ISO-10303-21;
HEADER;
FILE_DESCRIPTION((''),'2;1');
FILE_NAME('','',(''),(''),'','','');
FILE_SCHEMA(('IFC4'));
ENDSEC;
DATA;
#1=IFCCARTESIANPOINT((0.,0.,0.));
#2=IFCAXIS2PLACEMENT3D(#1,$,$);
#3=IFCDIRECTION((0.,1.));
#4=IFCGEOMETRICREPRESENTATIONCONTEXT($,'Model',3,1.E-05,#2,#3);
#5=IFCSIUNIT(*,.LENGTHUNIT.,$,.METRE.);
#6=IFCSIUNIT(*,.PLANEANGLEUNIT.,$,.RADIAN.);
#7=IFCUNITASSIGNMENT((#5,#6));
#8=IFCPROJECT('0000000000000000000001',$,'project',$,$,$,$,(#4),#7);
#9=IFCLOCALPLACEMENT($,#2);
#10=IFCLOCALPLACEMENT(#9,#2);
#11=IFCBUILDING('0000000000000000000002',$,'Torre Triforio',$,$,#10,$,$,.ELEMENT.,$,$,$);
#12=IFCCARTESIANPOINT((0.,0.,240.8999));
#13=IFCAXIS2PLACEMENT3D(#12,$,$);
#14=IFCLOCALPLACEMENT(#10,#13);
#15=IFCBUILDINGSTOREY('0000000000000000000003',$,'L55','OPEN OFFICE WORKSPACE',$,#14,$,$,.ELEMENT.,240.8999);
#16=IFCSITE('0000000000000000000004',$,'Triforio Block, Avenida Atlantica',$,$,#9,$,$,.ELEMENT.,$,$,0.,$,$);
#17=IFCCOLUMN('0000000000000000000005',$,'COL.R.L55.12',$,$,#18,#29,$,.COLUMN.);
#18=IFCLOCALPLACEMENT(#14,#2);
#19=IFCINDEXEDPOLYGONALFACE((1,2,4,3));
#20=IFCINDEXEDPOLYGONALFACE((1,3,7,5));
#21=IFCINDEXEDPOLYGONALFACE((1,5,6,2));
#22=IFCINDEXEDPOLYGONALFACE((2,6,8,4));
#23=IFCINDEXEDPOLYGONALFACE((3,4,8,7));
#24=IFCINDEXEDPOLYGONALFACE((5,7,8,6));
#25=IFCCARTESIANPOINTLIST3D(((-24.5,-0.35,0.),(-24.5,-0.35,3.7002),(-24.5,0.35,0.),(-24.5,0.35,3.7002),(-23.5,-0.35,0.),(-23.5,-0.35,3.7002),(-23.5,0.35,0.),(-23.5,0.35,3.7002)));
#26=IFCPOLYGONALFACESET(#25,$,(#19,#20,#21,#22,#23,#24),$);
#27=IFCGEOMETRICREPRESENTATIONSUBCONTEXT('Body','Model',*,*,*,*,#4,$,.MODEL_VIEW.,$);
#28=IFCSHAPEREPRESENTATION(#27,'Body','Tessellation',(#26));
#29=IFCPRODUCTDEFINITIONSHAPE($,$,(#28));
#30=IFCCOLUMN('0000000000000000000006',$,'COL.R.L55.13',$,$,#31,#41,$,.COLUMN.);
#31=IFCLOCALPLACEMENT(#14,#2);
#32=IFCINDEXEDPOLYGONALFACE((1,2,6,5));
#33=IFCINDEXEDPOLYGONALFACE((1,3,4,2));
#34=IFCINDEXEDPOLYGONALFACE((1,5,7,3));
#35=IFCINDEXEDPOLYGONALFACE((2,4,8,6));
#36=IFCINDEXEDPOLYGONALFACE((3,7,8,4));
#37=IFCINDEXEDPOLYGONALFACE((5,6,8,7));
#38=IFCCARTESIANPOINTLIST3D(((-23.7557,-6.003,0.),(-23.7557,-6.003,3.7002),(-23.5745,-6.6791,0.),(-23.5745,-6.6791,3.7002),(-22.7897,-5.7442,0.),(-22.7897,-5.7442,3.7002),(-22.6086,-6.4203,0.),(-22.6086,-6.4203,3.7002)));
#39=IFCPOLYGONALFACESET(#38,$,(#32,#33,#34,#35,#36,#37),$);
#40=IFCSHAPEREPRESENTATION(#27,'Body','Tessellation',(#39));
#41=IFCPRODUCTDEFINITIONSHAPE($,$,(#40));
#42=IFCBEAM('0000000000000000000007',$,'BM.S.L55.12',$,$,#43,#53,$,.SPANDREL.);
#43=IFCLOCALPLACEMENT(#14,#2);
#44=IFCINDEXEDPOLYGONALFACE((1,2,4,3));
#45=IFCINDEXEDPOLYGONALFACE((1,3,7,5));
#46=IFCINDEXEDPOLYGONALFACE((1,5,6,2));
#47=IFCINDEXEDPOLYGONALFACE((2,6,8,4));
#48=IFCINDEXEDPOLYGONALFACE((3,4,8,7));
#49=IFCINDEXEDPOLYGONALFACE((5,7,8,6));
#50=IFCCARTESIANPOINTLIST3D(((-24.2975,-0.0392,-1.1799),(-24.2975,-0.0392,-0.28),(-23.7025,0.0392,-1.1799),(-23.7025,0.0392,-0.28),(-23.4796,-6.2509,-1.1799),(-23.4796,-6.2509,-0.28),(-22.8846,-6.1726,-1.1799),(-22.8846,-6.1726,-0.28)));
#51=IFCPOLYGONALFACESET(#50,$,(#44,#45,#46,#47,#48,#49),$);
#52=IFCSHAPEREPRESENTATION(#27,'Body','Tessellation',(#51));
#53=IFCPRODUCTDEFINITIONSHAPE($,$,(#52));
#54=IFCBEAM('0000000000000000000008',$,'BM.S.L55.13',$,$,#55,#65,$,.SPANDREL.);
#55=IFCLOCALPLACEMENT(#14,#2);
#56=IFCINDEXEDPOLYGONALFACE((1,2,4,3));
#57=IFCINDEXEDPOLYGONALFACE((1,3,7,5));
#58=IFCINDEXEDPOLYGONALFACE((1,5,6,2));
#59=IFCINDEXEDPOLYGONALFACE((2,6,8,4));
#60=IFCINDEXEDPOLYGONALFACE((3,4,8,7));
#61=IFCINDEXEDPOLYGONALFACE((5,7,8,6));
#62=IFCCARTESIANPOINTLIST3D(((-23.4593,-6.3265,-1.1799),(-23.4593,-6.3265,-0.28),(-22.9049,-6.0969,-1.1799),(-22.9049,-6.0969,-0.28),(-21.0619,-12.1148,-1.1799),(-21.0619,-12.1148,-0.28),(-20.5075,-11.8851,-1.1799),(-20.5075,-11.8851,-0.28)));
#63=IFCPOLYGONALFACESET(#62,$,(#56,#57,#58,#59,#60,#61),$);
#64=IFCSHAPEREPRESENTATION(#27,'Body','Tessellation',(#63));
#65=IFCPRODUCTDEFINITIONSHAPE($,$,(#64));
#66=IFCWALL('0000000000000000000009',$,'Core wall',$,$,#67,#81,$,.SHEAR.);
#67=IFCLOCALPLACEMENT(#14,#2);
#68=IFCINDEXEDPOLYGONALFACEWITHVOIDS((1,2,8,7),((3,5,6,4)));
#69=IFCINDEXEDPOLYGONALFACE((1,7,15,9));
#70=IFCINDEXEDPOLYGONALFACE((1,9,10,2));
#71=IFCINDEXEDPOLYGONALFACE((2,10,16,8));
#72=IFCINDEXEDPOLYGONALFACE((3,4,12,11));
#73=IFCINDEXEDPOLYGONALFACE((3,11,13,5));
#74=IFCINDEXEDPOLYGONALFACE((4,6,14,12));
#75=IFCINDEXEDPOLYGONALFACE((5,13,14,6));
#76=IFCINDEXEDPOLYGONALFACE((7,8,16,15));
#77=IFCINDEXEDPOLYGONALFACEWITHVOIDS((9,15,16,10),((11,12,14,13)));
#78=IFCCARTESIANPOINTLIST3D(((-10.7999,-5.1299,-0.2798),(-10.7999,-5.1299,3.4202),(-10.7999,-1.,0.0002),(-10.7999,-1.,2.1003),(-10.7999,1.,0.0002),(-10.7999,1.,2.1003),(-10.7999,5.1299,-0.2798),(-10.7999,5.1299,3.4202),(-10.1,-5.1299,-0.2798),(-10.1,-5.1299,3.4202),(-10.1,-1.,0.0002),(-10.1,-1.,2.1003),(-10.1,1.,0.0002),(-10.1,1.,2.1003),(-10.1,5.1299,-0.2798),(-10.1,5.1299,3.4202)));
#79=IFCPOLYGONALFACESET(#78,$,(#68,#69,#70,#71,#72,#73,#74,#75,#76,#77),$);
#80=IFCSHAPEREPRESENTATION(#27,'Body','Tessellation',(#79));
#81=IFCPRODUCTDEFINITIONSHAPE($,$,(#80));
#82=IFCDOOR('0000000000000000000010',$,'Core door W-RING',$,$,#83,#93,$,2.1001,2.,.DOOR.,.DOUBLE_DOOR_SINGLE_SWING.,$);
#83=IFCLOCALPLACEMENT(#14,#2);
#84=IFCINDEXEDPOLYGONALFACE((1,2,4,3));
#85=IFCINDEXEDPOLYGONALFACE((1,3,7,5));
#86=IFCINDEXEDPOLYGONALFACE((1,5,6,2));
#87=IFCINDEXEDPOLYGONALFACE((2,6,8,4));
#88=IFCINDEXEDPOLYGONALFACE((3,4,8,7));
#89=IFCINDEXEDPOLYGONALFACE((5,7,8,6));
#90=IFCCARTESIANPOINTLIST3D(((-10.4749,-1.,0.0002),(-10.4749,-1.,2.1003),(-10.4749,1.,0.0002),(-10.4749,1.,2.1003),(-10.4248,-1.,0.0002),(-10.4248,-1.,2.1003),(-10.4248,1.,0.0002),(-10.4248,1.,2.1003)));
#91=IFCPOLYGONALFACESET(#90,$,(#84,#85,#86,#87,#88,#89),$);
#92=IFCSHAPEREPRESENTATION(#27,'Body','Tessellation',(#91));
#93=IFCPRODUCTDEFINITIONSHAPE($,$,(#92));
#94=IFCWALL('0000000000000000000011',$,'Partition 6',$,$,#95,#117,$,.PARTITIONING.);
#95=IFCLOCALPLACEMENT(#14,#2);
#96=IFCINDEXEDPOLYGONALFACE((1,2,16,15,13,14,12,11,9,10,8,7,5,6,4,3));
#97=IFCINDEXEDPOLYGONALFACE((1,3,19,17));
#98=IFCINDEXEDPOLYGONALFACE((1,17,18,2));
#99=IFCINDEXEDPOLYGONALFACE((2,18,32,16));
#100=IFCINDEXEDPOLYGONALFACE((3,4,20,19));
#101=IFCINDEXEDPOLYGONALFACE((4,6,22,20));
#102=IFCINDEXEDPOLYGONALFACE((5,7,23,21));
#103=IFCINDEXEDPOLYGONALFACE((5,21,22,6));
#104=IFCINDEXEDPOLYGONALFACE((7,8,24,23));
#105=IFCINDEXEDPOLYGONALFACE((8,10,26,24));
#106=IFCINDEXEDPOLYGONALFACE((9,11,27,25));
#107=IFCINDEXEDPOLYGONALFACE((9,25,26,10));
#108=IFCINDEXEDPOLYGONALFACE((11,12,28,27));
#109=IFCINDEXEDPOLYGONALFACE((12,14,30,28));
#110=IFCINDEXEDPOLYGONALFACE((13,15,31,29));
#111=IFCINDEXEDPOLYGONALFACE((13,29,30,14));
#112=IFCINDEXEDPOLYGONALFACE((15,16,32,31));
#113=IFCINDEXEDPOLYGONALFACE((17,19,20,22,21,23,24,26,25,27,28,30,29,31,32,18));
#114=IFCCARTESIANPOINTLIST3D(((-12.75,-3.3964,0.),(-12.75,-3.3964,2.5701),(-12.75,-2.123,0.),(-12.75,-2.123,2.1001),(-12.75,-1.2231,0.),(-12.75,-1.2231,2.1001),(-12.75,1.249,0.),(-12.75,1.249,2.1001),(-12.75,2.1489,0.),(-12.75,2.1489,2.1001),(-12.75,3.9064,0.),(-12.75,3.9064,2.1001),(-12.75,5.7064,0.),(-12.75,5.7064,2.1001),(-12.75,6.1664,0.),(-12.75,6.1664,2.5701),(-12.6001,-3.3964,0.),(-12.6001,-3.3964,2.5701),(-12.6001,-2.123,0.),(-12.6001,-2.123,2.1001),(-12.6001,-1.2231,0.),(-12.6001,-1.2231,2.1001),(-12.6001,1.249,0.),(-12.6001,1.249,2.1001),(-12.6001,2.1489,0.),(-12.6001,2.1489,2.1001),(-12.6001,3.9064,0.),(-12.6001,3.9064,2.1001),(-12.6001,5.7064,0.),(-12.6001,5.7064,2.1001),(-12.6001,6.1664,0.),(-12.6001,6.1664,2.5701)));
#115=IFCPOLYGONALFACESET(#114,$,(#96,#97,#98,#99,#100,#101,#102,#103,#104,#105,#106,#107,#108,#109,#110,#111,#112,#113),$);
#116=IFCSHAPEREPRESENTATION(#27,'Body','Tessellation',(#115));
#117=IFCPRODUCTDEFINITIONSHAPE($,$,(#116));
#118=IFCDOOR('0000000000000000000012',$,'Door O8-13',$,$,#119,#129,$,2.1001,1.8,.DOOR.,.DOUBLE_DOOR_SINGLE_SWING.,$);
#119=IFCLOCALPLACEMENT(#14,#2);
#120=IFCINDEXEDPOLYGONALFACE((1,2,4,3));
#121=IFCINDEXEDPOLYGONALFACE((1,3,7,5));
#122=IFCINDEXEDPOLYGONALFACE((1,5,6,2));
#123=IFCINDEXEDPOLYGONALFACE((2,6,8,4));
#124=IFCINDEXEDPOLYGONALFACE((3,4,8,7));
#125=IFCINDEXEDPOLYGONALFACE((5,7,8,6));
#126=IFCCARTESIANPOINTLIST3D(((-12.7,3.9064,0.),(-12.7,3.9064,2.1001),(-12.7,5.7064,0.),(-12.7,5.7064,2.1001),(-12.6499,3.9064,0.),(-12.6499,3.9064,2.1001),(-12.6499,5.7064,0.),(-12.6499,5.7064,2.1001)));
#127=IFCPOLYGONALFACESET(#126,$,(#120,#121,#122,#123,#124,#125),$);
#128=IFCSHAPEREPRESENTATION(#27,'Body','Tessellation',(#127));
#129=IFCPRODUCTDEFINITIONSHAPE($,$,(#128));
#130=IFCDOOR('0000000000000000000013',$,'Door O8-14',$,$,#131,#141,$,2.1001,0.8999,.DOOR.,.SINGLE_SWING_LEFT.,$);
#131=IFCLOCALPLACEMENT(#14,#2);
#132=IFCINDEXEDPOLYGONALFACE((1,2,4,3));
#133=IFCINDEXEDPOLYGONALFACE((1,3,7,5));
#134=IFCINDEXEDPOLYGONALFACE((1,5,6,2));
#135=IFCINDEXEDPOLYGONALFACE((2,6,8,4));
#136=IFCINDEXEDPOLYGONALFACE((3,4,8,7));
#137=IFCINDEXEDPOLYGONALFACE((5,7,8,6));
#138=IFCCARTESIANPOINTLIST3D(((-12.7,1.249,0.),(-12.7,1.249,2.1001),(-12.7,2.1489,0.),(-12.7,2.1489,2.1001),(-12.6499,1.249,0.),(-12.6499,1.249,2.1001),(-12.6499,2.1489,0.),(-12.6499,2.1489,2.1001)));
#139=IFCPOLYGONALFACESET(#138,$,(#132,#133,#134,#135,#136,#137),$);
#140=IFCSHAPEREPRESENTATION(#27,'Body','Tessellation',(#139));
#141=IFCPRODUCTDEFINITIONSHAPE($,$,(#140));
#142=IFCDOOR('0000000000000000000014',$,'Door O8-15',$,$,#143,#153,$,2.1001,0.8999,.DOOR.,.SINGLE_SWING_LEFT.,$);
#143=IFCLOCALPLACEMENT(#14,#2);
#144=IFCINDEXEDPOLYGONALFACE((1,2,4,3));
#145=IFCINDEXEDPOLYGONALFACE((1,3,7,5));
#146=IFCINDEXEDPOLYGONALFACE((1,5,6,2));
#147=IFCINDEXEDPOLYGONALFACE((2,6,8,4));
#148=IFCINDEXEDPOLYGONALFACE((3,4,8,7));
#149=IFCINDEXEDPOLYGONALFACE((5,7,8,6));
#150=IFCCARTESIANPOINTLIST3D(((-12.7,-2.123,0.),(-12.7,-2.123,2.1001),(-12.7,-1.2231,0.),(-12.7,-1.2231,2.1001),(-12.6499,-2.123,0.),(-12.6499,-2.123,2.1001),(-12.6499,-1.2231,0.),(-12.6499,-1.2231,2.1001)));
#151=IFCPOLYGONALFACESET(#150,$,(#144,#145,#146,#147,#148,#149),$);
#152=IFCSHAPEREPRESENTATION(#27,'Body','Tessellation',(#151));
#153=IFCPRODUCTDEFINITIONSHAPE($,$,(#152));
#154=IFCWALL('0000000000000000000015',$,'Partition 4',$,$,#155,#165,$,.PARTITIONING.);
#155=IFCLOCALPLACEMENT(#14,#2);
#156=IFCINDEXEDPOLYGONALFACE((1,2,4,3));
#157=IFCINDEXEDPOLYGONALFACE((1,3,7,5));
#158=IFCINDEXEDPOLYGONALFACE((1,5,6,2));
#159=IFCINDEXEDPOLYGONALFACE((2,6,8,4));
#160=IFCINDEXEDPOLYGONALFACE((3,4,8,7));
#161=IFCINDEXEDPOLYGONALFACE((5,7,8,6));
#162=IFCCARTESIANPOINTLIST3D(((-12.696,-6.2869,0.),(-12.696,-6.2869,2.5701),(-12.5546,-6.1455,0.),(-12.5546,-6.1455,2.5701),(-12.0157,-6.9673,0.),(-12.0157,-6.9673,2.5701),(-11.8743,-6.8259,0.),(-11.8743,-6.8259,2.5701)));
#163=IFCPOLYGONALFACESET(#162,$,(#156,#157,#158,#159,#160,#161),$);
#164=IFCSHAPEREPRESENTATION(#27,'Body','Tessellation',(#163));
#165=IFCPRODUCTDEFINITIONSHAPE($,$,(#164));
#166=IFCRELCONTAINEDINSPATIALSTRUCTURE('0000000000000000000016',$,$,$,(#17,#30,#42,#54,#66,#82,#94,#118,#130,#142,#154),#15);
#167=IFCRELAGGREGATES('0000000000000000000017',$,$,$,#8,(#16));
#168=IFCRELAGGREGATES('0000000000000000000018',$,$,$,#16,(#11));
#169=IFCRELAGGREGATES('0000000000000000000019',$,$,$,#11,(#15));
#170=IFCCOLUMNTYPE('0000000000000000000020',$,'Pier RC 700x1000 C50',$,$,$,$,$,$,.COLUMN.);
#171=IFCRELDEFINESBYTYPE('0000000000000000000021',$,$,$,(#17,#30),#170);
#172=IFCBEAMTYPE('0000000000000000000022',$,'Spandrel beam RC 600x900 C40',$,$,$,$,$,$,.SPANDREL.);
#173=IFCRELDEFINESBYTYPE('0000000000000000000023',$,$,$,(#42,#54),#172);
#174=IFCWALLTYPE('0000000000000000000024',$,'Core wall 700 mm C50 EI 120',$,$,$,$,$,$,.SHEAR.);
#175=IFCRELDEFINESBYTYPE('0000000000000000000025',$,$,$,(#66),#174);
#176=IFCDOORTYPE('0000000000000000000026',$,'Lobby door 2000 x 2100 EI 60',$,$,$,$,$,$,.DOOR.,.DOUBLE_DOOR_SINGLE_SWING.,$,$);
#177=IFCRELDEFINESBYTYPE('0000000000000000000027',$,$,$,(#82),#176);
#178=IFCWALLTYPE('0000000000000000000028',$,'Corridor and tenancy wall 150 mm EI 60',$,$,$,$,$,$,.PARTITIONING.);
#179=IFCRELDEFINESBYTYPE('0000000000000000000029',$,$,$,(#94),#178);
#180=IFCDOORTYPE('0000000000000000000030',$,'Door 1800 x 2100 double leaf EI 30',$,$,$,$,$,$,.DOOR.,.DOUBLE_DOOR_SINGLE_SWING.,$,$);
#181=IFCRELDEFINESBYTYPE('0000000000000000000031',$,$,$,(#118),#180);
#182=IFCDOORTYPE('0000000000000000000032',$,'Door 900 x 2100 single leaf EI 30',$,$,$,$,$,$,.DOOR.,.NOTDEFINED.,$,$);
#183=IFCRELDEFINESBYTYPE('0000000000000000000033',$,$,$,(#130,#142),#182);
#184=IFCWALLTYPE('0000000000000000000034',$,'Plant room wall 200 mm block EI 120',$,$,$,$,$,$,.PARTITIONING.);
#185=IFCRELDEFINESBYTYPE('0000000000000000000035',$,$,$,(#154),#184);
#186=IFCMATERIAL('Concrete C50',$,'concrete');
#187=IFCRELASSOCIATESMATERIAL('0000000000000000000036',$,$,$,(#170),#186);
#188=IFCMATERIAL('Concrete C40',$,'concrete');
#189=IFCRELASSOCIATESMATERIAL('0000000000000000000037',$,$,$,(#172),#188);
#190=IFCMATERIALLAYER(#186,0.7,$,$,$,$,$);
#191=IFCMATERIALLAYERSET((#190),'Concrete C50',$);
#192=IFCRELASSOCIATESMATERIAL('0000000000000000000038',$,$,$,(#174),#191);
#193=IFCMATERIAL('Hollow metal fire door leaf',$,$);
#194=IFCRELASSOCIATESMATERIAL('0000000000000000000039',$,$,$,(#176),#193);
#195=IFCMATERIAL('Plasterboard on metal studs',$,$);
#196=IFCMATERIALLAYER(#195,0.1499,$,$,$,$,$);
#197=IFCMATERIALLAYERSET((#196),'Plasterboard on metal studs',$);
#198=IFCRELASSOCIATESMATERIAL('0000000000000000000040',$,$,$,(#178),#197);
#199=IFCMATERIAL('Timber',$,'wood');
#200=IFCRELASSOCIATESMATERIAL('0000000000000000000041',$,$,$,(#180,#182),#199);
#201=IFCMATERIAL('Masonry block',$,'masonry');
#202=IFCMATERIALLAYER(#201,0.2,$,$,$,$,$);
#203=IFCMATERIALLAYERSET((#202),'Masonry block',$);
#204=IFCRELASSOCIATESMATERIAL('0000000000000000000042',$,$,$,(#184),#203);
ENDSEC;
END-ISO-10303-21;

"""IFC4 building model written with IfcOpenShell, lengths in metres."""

from ifc_helpers import new_model, si_unit, direction, frame, frame_2d, origin, origin_2d, place, context, subcontext, project, spatial, rectangle, extrude, material, layer, layer_set, material_profile, profile_set, type_object, element, fill, save


model = new_model("IFC4")

# Units and contexts
model_context = context("Model", 3, precision=1e-05, world=origin(), true_north=direction((0.0, 1.0)))
body_context = subcontext(model_context, "Body", "Model", "MODEL_VIEW")
ifc_project = project(units=[si_unit("LENGTHUNIT", "METRE"), si_unit("PLANEANGLEUNIT", "RADIAN")], contexts=[model_context])

# Site, building, storey
site_placement = place(None, origin())
site = spatial("IfcSite", under=ifc_project, at=site_placement, Name="Triforio Block, Avenida Atlantica", CompositionType="ELEMENT", RefElevation=0.0)
building_placement = place(site_placement, origin())
building = spatial("IfcBuilding", under=site, at=building_placement, Name="Torre Triforio", CompositionType="ELEMENT")
storey_placement = place(building_placement, frame((0.0, 0.0, 240.8999)))
storey = spatial("IfcBuildingStorey", under=building, at=storey_placement, Name="L55", Description="OPEN OFFICE WORKSPACE", CompositionType="ELEMENT", Elevation=240.8999)

# Columns
ifc_material_1 = material(Name="Concrete C50", Category="concrete")
ifc_material_profile_1 = material_profile(ifc_material_1, rectangle(XDim=0.7, YDim=1.0, at=origin_2d()), Name="RC 700x1000")
ifc_profile_set_1 = profile_set([ifc_material_profile_1], Name="Concrete C50")
column_type = type_object("IfcColumnType", Name="Pier RC 700x1000 C50", PredefinedType="COLUMN", material=ifc_profile_set_1)
for number, where, z_axis, x_axis, name in (
    (1, (-24.0, 0.0, 0.0), (0.0, 0.0, 1.0), (0.0, -1.0, 0.0), "COL.R.L55.12"),
    (2, (-23.1821, -6.2117, 0.0), (0.0, 0.0, 1.0), (0.258819, -0.965926, 0.0), "COL.R.L55.13"),
):
    element("IfcColumn", number, at=place(storey_placement, frame(where, z_axis=z_axis, x_axis=x_axis)), inside=storey, type_object=column_type, Name=name, PredefinedType="COLUMN", context=body_context, shape_type="SweptSolid", body=[
        extrude(rectangle(XDim=0.7, YDim=1.0, at=origin_2d()), origin(), (0.0, 0.0, 1.0), 3.7002),
    ])

# Beams
ifc_material_2 = material(Name="Concrete C40", Category="concrete")
ifc_material_profile_2 = material_profile(ifc_material_2, rectangle(XDim=0.6001, YDim=0.8999, at=origin_2d()), Name="RC 600x900")
ifc_profile_set_2 = profile_set([ifc_material_profile_2], Name="Concrete C40")
beam_type = type_object("IfcBeamType", Name="Spandrel beam RC 600x900 C40", PredefinedType="SPANDREL", material=ifc_profile_set_2)
beam_1_placement = place(storey_placement, frame((-24.0, 0.0, -0.73), z_axis=(0.13054, -0.991443, 0.0), x_axis=(0.991443, 0.13054, 0.0)))
element("IfcBeam", 3, at=beam_1_placement, inside=storey, type_object=beam_type, Name="BM.S.L55.12", PredefinedType="SPANDREL", context=body_context, shape_type="SweptSolid", body=[
    extrude(rectangle(XDim=0.6001, YDim=0.8999, at=origin_2d()), origin(), (0.0, 0.0, 1.0), 6.2654),
])
beam_2_placement = place(storey_placement, frame((-23.1821, -6.2117, -0.73), z_axis=(0.382664, -0.923888, 0.0), x_axis=(0.923888, 0.382664, 0.0)))
element("IfcBeam", 4, at=beam_2_placement, inside=storey, type_object=beam_type, Name="BM.S.L55.13", PredefinedType="SPANDREL", context=body_context, shape_type="SweptSolid", body=[
    extrude(rectangle(XDim=0.6001, YDim=0.8999, at=origin_2d()), origin(), (0.0, 0.0, 1.0), 6.2651),
])

# Wall, opening, door
ifc_layer_1 = layer(ifc_material_1, 0.7)
ifc_layer_set_1 = layer_set([ifc_layer_1], Name="Concrete C50")
wall_type_1 = type_object("IfcWallType", Name="Core wall 700 mm C50 EI 120", PredefinedType="SHEAR", material=ifc_layer_set_1)
wall_1_placement = place(storey_placement, frame((-10.45, -5.1299, -0.2798), z_axis=(0.0, 0.0, 1.0), x_axis=(0.0, 1.0, 0.0)))
wall_1 = element("IfcWall", 5, at=wall_1_placement, inside=storey, type_object=wall_type_1, Name="Core wall", PredefinedType="SHEAR", context=body_context, shape_type="SweptSolid", body=[
    extrude(rectangle(XDim=10.2598, YDim=0.7, at=frame_2d((5.1299, 0.0))), origin(), (0.0, 0.0, 1.0), 3.7),
])
opening_1_placement = place(wall_1_placement, frame((4.1299, 0.0, 0.28)))
opening_1 = element("IfcOpeningElement", 6, at=opening_1_placement, cuts=wall_1, PredefinedType="OPENING", context=body_context, shape_type="SweptSolid", body=[
    extrude(rectangle(XDim=2.0, YDim=2.1001, at=frame_2d((1.0, 1.05))), frame((0.0, 0.3599, 0.0), z_axis=(0.0, -1.0, 0.0), x_axis=(1.0, 0.0, 0.0)), (0.0, 0.0, 1.0), 0.72),
])
ifc_material_3 = material(Name="Hollow metal fire door leaf")
door_type_1 = type_object("IfcDoorType", Name="Lobby door 2000 x 2100 EI 60", OperationType="DOUBLE_DOOR_SINGLE_SWING", PredefinedType="DOOR", material=ifc_material_3)
door_1_placement = place(opening_1_placement, origin())
door_1 = element("IfcDoor", 7, at=door_1_placement, inside=storey, type_object=door_type_1, Name="Core door W-RING", OperationType="DOUBLE_DOOR_SINGLE_SWING", OverallHeight=2.1001, OverallWidth=2.0, PredefinedType="DOOR", context=body_context, shape_type="SweptSolid", body=[
    extrude(rectangle(XDim=2.0, YDim=2.1001, at=frame_2d((1.0, 1.05))), frame((0.0, 0.0249, 0.0), z_axis=(0.0, -1.0, 0.0), x_axis=(1.0, 0.0, 0.0)), (0.0, 0.0, 1.0), 0.05),
])
fill(opening_1, door_1)

# Wall, openings, doors
ifc_material_4 = material(Name="Plasterboard on metal studs")
ifc_layer_2 = layer(ifc_material_4, 0.1499)
ifc_layer_set_2 = layer_set([ifc_layer_2], Name="Plasterboard on metal studs")
wall_type_2 = type_object("IfcWallType", Name="Corridor and tenancy wall 150 mm EI 60", PredefinedType="PARTITIONING", material=ifc_layer_set_2)
wall_2_placement = place(storey_placement, frame((-12.675, -3.3962, 0.0), z_axis=(0.0, 0.0, 1.0), x_axis=(0.0, 1.0, 0.0)))
wall_2 = element("IfcWall", 8, at=wall_2_placement, inside=storey, type_object=wall_type_2, Name="Partition 6", PredefinedType="PARTITIONING", context=body_context, shape_type="SweptSolid", body=[
    extrude(rectangle(XDim=9.5627, YDim=0.1499, at=frame_2d((4.7812, 0.0))), origin(), (0.0, 0.0, 1.0), 2.5701),
])
opening_2_placement = place(wall_2_placement, frame((7.3027, 0.0, 0.0)))
opening_2 = element("IfcOpeningElement", 9, at=opening_2_placement, cuts=wall_2, PredefinedType="OPENING", context=body_context, shape_type="SweptSolid", body=[
    extrude(rectangle(XDim=1.8, YDim=2.1001, at=frame_2d((0.8999, 1.05))), frame((0.0, 0.085, 0.0), z_axis=(0.0, -1.0, 0.0), x_axis=(1.0, 0.0, 0.0)), (0.0, 0.0, 1.0), 0.1699),
])
opening_3_placement = place(wall_2_placement, frame((4.6453, 0.0, 0.0)))
opening_3 = element("IfcOpeningElement", 10, at=opening_3_placement, cuts=wall_2, PredefinedType="OPENING", context=body_context, shape_type="SweptSolid", body=[
    extrude(rectangle(XDim=0.8999, YDim=2.1001, at=frame_2d((0.45, 1.05))), frame((0.0, 0.085, 0.0), z_axis=(0.0, -1.0, 0.0), x_axis=(1.0, 0.0, 0.0)), (0.0, 0.0, 1.0), 0.1699),
])
opening_4_placement = place(wall_2_placement, frame((1.2732, 0.0, 0.0)))
opening_4 = element("IfcOpeningElement", 11, at=opening_4_placement, cuts=wall_2, PredefinedType="OPENING", context=body_context, shape_type="SweptSolid", body=[
    extrude(rectangle(XDim=0.8999, YDim=2.1001, at=frame_2d((0.45, 1.05))), frame((0.0, 0.085, 0.0), z_axis=(0.0, -1.0, 0.0), x_axis=(1.0, 0.0, 0.0)), (0.0, 0.0, 1.0), 0.1699),
])
ifc_material_5 = material(Name="Timber", Category="wood")
door_type_2 = type_object("IfcDoorType", Name="Door 1800 x 2100 double leaf EI 30", OperationType="DOUBLE_DOOR_SINGLE_SWING", PredefinedType="DOOR", material=ifc_material_5)
door_2_placement = place(opening_2_placement, origin())
door_2 = element("IfcDoor", 12, at=door_2_placement, inside=storey, type_object=door_type_2, Name="Door O8-13", OperationType="DOUBLE_DOOR_SINGLE_SWING", OverallHeight=2.1001, OverallWidth=1.8, PredefinedType="DOOR", context=body_context, shape_type="SweptSolid", body=[
    extrude(rectangle(XDim=1.8, YDim=2.1001, at=frame_2d((0.8999, 1.05))), frame((0.0, 0.0249, 0.0), z_axis=(0.0, -1.0, 0.0), x_axis=(1.0, 0.0, 0.0)), (0.0, 0.0, 1.0), 0.05),
])
fill(opening_2, door_2)
door_type_3 = type_object("IfcDoorType", Name="Door 900 x 2100 single leaf EI 30", OperationType="NOTDEFINED", PredefinedType="DOOR", material=ifc_material_5)
door_3_placement = place(opening_3_placement, origin())
door_3 = element("IfcDoor", 13, at=door_3_placement, inside=storey, type_object=door_type_3, Name="Door O8-14", OperationType="SINGLE_SWING_LEFT", OverallHeight=2.1001, OverallWidth=0.8999, PredefinedType="DOOR", context=body_context, shape_type="SweptSolid", body=[
    extrude(rectangle(XDim=0.8999, YDim=2.1001, at=frame_2d((0.45, 1.05))), frame((0.0, 0.0249, 0.0), z_axis=(0.0, -1.0, 0.0), x_axis=(1.0, 0.0, 0.0)), (0.0, 0.0, 1.0), 0.05),
])
fill(opening_3, door_3)
door_4_placement = place(opening_4_placement, origin())
door_4 = element("IfcDoor", 14, at=door_4_placement, inside=storey, type_object=door_type_3, Name="Door O8-15", OperationType="SINGLE_SWING_LEFT", OverallHeight=2.1001, OverallWidth=0.8999, PredefinedType="DOOR", context=body_context, shape_type="SweptSolid", body=[
    extrude(rectangle(XDim=0.8999, YDim=2.1001, at=frame_2d((0.45, 1.05))), frame((0.0, 0.0249, 0.0), z_axis=(0.0, -1.0, 0.0), x_axis=(1.0, 0.0, 0.0)), (0.0, 0.0, 1.0), 0.05),
])
fill(opening_4, door_4)

# Wall
ifc_material_6 = material(Name="Masonry block", Category="masonry")
ifc_layer_3 = layer(ifc_material_6, 0.2)
ifc_layer_set_3 = layer_set([ifc_layer_3], Name="Masonry block")
wall_type_3 = type_object("IfcWallType", Name="Plant room wall 200 mm block EI 120", PredefinedType="PARTITIONING", material=ifc_layer_set_3)
wall_3_placement = place(storey_placement, frame((-11.9451, -6.8965, 0.0), z_axis=(0.0, 0.0, 1.0), x_axis=(-0.707107, 0.707107, 0.0)))
element("IfcWall", 15, at=wall_3_placement, inside=storey, type_object=wall_type_3, Name="Partition 4", PredefinedType="PARTITIONING", context=body_context, shape_type="SweptSolid", body=[
    extrude(rectangle(XDim=0.9622, YDim=0.2, at=frame_2d((0.481, 0.0))), origin(), (0.0, 0.0, 1.0), 2.5701),
])

save(model, "model.ifc")
